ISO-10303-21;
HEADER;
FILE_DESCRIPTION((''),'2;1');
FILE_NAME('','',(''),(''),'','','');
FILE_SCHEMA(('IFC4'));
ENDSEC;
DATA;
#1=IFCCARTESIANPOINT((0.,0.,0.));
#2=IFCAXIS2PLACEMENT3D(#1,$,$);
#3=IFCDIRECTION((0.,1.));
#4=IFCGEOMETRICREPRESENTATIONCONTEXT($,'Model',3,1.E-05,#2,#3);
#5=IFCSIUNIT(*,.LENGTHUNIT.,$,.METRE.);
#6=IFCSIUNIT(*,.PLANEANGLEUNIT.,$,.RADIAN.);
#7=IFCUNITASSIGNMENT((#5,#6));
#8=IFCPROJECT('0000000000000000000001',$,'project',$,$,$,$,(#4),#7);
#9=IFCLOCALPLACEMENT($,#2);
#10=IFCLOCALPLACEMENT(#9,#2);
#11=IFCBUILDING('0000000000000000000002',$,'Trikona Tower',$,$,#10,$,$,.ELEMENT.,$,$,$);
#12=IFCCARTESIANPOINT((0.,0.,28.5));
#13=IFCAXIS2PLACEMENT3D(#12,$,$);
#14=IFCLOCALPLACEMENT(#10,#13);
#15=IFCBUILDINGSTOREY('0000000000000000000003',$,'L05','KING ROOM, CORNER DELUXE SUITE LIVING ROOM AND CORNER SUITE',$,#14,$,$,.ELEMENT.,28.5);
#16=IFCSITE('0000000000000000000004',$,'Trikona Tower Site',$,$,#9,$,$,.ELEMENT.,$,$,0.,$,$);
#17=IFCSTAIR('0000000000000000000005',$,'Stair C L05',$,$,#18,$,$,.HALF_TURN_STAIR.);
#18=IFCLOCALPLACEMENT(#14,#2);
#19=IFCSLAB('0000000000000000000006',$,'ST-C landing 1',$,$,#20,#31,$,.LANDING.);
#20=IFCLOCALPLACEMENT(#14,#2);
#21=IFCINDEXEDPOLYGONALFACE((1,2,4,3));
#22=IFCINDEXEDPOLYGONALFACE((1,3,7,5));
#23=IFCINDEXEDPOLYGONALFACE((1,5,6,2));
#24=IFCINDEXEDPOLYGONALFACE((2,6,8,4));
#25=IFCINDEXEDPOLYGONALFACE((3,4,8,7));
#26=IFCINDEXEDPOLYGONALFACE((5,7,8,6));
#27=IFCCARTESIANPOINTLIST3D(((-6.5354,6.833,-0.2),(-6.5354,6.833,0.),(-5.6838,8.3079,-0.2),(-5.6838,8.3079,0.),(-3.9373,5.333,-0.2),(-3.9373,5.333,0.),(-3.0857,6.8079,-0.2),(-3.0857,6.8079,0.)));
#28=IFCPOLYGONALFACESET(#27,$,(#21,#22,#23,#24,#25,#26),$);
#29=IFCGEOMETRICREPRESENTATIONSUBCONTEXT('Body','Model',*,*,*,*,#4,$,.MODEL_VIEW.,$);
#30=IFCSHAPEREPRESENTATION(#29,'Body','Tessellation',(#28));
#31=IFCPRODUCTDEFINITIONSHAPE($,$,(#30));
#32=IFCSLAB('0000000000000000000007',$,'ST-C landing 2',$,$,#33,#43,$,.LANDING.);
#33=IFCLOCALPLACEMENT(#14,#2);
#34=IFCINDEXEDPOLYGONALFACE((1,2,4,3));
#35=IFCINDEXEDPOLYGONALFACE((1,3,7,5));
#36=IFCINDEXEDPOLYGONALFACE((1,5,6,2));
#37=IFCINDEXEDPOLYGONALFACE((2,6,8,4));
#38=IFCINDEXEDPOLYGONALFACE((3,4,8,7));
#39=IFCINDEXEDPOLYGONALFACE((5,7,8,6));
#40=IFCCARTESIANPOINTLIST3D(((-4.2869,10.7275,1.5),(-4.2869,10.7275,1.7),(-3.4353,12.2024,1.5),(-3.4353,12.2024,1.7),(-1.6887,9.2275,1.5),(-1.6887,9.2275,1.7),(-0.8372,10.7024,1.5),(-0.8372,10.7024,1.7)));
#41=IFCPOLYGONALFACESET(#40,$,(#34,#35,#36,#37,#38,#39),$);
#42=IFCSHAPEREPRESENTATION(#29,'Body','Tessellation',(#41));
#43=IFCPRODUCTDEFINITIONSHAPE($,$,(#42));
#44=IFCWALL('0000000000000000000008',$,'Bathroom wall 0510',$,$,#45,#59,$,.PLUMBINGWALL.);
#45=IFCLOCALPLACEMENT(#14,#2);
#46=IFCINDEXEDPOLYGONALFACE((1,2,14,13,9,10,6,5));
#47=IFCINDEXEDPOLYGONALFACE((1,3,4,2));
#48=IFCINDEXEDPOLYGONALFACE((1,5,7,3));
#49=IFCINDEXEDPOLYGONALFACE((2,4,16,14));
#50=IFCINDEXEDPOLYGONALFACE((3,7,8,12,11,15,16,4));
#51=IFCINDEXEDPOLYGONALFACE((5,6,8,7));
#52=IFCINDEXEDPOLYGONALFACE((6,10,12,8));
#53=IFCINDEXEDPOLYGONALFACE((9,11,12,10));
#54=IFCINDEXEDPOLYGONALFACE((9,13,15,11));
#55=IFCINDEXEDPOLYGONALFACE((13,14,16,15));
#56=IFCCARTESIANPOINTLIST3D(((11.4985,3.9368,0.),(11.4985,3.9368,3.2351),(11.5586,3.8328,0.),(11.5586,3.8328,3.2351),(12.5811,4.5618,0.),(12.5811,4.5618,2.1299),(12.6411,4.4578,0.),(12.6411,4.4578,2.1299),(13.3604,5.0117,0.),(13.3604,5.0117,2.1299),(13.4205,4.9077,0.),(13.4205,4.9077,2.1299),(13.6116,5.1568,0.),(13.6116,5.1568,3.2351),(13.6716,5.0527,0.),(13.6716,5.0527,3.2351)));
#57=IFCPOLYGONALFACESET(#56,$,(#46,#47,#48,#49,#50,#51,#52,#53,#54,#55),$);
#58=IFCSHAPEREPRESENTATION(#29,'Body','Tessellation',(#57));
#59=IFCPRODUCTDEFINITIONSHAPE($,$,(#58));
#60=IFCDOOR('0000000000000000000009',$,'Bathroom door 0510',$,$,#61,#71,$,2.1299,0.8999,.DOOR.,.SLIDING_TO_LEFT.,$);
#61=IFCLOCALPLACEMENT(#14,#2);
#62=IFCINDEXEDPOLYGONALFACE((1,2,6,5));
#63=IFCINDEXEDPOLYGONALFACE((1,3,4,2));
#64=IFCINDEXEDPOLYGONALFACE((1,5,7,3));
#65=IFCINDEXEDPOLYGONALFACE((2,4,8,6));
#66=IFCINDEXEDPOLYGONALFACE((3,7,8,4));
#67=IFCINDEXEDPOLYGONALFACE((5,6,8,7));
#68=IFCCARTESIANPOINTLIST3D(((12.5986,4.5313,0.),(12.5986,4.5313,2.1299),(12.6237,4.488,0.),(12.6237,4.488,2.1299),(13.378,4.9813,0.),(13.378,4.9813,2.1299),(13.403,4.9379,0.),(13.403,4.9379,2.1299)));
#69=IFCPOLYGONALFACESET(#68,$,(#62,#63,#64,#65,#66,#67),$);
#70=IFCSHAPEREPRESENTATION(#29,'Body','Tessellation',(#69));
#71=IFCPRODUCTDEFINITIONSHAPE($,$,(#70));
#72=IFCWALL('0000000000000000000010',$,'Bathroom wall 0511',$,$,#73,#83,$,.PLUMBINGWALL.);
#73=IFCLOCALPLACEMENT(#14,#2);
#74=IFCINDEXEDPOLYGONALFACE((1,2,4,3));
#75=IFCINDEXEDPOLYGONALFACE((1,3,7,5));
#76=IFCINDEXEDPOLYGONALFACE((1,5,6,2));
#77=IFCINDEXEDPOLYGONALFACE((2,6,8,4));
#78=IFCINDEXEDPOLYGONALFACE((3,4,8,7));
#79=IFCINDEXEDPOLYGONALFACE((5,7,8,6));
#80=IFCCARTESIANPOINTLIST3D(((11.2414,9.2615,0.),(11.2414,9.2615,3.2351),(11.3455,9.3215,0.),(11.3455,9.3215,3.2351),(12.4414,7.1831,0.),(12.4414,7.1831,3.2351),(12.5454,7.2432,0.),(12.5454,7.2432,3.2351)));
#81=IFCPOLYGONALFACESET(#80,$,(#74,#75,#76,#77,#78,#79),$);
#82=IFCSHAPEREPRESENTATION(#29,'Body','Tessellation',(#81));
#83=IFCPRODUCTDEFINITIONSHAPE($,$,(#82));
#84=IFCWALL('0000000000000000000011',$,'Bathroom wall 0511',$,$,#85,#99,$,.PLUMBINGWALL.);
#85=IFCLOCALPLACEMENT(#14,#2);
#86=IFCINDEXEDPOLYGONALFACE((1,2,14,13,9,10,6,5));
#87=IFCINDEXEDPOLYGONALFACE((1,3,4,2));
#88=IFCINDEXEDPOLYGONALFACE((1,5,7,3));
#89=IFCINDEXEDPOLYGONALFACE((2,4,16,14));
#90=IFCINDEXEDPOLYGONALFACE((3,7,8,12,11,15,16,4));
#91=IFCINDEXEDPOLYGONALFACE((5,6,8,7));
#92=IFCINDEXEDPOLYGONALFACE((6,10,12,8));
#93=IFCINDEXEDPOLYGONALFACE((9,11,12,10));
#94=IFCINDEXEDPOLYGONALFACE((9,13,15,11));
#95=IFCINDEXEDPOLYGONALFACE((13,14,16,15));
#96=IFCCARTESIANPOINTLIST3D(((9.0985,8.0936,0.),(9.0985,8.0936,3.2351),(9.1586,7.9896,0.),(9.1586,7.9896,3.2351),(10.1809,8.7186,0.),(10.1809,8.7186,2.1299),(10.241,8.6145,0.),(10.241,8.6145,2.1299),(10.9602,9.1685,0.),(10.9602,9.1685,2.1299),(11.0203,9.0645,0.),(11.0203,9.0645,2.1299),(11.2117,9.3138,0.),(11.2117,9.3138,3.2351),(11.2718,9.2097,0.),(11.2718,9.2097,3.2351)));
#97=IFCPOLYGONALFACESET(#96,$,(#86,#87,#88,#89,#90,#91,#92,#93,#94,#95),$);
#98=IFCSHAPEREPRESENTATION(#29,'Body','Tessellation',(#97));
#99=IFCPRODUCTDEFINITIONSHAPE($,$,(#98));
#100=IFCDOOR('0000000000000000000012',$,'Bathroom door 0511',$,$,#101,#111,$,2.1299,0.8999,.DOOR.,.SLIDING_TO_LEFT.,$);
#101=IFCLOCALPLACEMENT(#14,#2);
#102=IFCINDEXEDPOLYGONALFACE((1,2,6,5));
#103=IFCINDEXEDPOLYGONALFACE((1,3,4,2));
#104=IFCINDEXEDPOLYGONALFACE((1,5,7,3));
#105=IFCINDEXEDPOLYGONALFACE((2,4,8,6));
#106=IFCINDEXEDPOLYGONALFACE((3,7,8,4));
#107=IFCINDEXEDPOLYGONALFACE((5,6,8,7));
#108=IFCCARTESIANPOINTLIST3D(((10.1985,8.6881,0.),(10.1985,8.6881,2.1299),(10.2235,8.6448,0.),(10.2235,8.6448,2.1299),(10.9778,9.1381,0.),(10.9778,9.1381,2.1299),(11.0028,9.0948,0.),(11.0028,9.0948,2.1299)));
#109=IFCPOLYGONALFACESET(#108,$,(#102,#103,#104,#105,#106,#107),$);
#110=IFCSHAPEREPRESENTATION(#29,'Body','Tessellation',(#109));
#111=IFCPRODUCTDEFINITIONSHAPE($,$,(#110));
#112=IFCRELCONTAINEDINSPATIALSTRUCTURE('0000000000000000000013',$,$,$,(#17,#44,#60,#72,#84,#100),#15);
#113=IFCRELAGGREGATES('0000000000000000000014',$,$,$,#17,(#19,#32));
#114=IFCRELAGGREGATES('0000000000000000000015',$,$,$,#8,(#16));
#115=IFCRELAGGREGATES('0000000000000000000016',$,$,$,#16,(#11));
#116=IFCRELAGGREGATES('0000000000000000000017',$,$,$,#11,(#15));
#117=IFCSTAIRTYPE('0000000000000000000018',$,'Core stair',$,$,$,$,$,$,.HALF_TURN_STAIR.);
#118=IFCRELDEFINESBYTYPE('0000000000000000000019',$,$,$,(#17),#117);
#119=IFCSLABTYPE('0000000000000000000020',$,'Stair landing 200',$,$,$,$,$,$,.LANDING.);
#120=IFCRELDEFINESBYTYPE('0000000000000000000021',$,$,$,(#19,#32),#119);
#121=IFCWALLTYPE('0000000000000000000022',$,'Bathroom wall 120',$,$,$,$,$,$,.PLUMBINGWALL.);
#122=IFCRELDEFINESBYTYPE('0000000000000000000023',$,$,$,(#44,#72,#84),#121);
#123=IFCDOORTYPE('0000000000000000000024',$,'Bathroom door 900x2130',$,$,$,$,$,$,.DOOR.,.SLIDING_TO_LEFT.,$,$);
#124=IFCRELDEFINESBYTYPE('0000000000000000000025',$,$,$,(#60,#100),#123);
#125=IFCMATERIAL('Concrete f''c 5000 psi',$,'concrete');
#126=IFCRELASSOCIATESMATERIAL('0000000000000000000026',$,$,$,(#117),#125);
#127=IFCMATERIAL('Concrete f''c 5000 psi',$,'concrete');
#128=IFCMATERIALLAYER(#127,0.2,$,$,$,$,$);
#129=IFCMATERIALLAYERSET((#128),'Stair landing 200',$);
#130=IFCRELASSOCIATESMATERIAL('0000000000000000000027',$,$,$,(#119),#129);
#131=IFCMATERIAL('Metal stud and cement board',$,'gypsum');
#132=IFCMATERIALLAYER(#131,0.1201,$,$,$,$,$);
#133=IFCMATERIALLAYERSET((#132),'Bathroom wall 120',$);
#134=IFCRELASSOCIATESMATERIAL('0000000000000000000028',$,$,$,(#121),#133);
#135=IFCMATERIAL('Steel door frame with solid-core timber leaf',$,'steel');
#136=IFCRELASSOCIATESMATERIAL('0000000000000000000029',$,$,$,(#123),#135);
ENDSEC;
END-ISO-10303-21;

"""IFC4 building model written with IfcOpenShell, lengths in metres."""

from ifc_helpers import new_model, si_unit, direction, frame, frame_2d, origin, place, context, subcontext, project, spatial, polyline, rectangle, outline, extrude, material, layer, layer_set, type_object, element, fill, aggregate, save


model = new_model("IFC4")

# Units and contexts
model_context = context("Model", 3, precision=1e-05, world=origin(), true_north=direction((0.0, 1.0)))
body_context = subcontext(model_context, "Body", "Model", "MODEL_VIEW")
ifc_project = project(units=[si_unit("LENGTHUNIT", "METRE"), si_unit("PLANEANGLEUNIT", "RADIAN")], contexts=[model_context])

# Site, building, storey
site_placement = place(None, origin())
site = spatial("IfcSite", under=ifc_project, at=site_placement, Name="Trikona Tower Site", CompositionType="ELEMENT", RefElevation=0.0)
building_placement = place(site_placement, origin())
building = spatial("IfcBuilding", under=site, at=building_placement, Name="Trikona Tower", CompositionType="ELEMENT")
storey_placement = place(building_placement, frame((0.0, 0.0, 28.5)))
storey = spatial("IfcBuildingStorey", under=building, at=storey_placement, Name="L05", Description="KING ROOM, CORNER DELUXE SUITE LIVING ROOM AND CORNER SUITE", CompositionType="ELEMENT", Elevation=28.5)

# Stair, slabs
ifc_material_1 = material(Name="Concrete f'c 5000 psi", Category="concrete")
stair_type = type_object("IfcStairType", Name="Core stair", PredefinedType="HALF_TURN_STAIR", material=ifc_material_1)
ifc_material_2 = material(Name="Concrete f'c 5000 psi", Category="concrete")
ifc_layer_1 = layer(ifc_material_2, 0.2)
ifc_layer_set_1 = layer_set([ifc_layer_1], Name="Stair landing 200")
slab_type_1 = type_object("IfcSlabType", Name="Stair landing 200", PredefinedType="LANDING", material=ifc_layer_set_1)
stair_1_placement = place(storey_placement, origin())
stair_1 = element("IfcStair", 1, at=stair_1_placement, inside=storey, type_object=stair_type, Name="Stair C L05", PredefinedType="HALF_TURN_STAIR")
slab_1_placement = place(storey_placement, frame((0.0, 0.0, -0.2)))
slab_1 = element("IfcSlab", 2, at=slab_1_placement, type_object=slab_type_1, Name="ST-C landing 1", PredefinedType="LANDING", context=body_context, shape_type="SweptSolid", body=[
    extrude(outline(polyline([(-3.0857, 6.8079), (-3.9373, 5.333), (-6.5354, 6.833), (-5.6838, 8.3079), (-3.0857, 6.8079)])), origin(), (0.0, 0.0, 1.0), 0.2),
])
slab_2_placement = place(storey_placement, frame((0.0, 0.0, 1.5)))
slab_2 = element("IfcSlab", 3, at=slab_2_placement, type_object=slab_type_1, Name="ST-C landing 2", PredefinedType="LANDING", context=body_context, shape_type="SweptSolid", body=[
    extrude(outline(polyline([(-0.8372, 10.7024), (-1.6887, 9.2275), (-4.2869, 10.7275), (-3.4353, 12.2024), (-0.8372, 10.7024)])), origin(), (0.0, 0.0, 1.0), 0.2),
])
aggregate(stair_1, [slab_1, slab_2])

# Wall, opening, door
ifc_material_3 = material(Name="Metal stud and cement board", Category="gypsum")
ifc_layer_2 = layer(ifc_material_3, 0.1201)
ifc_layer_set_2 = layer_set([ifc_layer_2], Name="Bathroom wall 120")
wall_type_1 = type_object("IfcWallType", Name="Bathroom wall 120", PredefinedType="PLUMBINGWALL", material=ifc_layer_set_2)
wall_1_placement = place(storey_placement, frame((11.5286, 3.8848, 0.0), z_axis=(0.0, 0.0, 1.0), x_axis=(0.866024, 0.500003, 0.0)))
wall_1 = element("IfcWall", 4, at=wall_1_placement, inside=storey, type_object=wall_type_1, Name="Bathroom wall 0510", PredefinedType="PLUMBINGWALL", context=body_context, shape_type="SweptSolid", body=[
    extrude(rectangle(XDim=2.4399, YDim=0.1201, at=frame_2d((1.22, 0.0))), origin(), (0.0, 0.0, 1.0), 3.2351),
])
opening_1_placement = place(wall_1_placement, frame((1.25, 0.0, 0.0)))
opening_1 = element("IfcOpeningElement", 5, at=opening_1_placement, cuts=wall_1, PredefinedType="OPENING", context=body_context, shape_type="SweptSolid", body=[
    extrude(rectangle(XDim=0.8999, YDim=2.1299, at=frame_2d((0.45, 1.0649))), frame((0.0, 0.0701, 0.0), z_axis=(0.0, -1.0, 0.0), x_axis=(1.0, 0.0, 0.0)), (0.0, 0.0, 1.0), 0.1401),
])
ifc_material_4 = material(Name="Steel door frame with solid-core timber leaf", Category="steel")
door_type_1 = type_object("IfcDoorType", Name="Bathroom door 900x2130", OperationType="SLIDING_TO_LEFT", PredefinedType="DOOR", material=ifc_material_4)
door_1_placement = place(opening_1_placement, origin())
door_1 = element("IfcDoor", 6, at=door_1_placement, inside=storey, type_object=door_type_1, Name="Bathroom door 0510", OperationType="SLIDING_TO_LEFT", OverallHeight=2.1299, OverallWidth=0.8999, PredefinedType="DOOR", context=body_context, shape_type="SweptSolid", body=[
    extrude(rectangle(XDim=0.8999, YDim=2.1299, at=frame_2d((0.45, 1.0649))), frame((0.0, 0.0249, 0.0), z_axis=(0.0, -1.0, 0.0), x_axis=(1.0, 0.0, 0.0)), (0.0, 0.0, 1.0), 0.05),
])
fill(opening_1, door_1)

# Wall
wall_2_placement = place(storey_placement, frame((12.4934, 7.2131, 0.0), z_axis=(0.0, 0.0, 1.0), x_axis=(-0.500001, 0.866025, 0.0)))
element("IfcWall", 7, at=wall_2_placement, inside=storey, type_object=wall_type_1, Name="Bathroom wall 0511", PredefinedType="PLUMBINGWALL", context=body_context, shape_type="SweptSolid", body=[
    extrude(rectangle(XDim=2.3999, YDim=0.1201, at=frame_2d((1.2, 0.0))), origin(), (0.0, 0.0, 1.0), 3.2351),
])

# Wall, opening, door
wall_3_placement = place(storey_placement, frame((9.1284, 8.0415, 0.0), z_axis=(0.0, 0.0, 1.0), x_axis=(0.866006, 0.500034, 0.0)))
wall_3 = element("IfcWall", 8, at=wall_3_placement, inside=storey, type_object=wall_type_1, Name="Bathroom wall 0511", PredefinedType="PLUMBINGWALL", context=body_context, shape_type="SweptSolid", body=[
    extrude(rectangle(XDim=2.4402, YDim=0.1201, at=frame_2d((1.2202, 0.0))), origin(), (0.0, 0.0, 1.0), 3.2351),
])
opening_2_placement = place(wall_3_placement, frame((1.25, 0.0, 0.0)))
opening_2 = element("IfcOpeningElement", 9, at=opening_2_placement, cuts=wall_3, PredefinedType="OPENING", context=body_context, shape_type="SweptSolid", body=[
    extrude(rectangle(XDim=0.8999, YDim=2.1299, at=frame_2d((0.45, 1.0649))), frame((0.0, 0.0701, 0.0), z_axis=(0.0, -1.0, 0.0), x_axis=(1.0, 0.0, 0.0)), (0.0, 0.0, 1.0), 0.1401),
])
door_2_placement = place(opening_2_placement, origin())
door_2 = element("IfcDoor", 10, at=door_2_placement, inside=storey, type_object=door_type_1, Name="Bathroom door 0511", OperationType="SLIDING_TO_LEFT", OverallHeight=2.1299, OverallWidth=0.8999, PredefinedType="DOOR", context=body_context, shape_type="SweptSolid", body=[
    extrude(rectangle(XDim=0.8999, YDim=2.1299, at=frame_2d((0.45, 1.0649))), frame((0.0, 0.0249, 0.0), z_axis=(0.0, -1.0, 0.0), x_axis=(1.0, 0.0, 0.0)), (0.0, 0.0, 1.0), 0.05),
])
fill(opening_2, door_2)

save(model, "model.ifc")
